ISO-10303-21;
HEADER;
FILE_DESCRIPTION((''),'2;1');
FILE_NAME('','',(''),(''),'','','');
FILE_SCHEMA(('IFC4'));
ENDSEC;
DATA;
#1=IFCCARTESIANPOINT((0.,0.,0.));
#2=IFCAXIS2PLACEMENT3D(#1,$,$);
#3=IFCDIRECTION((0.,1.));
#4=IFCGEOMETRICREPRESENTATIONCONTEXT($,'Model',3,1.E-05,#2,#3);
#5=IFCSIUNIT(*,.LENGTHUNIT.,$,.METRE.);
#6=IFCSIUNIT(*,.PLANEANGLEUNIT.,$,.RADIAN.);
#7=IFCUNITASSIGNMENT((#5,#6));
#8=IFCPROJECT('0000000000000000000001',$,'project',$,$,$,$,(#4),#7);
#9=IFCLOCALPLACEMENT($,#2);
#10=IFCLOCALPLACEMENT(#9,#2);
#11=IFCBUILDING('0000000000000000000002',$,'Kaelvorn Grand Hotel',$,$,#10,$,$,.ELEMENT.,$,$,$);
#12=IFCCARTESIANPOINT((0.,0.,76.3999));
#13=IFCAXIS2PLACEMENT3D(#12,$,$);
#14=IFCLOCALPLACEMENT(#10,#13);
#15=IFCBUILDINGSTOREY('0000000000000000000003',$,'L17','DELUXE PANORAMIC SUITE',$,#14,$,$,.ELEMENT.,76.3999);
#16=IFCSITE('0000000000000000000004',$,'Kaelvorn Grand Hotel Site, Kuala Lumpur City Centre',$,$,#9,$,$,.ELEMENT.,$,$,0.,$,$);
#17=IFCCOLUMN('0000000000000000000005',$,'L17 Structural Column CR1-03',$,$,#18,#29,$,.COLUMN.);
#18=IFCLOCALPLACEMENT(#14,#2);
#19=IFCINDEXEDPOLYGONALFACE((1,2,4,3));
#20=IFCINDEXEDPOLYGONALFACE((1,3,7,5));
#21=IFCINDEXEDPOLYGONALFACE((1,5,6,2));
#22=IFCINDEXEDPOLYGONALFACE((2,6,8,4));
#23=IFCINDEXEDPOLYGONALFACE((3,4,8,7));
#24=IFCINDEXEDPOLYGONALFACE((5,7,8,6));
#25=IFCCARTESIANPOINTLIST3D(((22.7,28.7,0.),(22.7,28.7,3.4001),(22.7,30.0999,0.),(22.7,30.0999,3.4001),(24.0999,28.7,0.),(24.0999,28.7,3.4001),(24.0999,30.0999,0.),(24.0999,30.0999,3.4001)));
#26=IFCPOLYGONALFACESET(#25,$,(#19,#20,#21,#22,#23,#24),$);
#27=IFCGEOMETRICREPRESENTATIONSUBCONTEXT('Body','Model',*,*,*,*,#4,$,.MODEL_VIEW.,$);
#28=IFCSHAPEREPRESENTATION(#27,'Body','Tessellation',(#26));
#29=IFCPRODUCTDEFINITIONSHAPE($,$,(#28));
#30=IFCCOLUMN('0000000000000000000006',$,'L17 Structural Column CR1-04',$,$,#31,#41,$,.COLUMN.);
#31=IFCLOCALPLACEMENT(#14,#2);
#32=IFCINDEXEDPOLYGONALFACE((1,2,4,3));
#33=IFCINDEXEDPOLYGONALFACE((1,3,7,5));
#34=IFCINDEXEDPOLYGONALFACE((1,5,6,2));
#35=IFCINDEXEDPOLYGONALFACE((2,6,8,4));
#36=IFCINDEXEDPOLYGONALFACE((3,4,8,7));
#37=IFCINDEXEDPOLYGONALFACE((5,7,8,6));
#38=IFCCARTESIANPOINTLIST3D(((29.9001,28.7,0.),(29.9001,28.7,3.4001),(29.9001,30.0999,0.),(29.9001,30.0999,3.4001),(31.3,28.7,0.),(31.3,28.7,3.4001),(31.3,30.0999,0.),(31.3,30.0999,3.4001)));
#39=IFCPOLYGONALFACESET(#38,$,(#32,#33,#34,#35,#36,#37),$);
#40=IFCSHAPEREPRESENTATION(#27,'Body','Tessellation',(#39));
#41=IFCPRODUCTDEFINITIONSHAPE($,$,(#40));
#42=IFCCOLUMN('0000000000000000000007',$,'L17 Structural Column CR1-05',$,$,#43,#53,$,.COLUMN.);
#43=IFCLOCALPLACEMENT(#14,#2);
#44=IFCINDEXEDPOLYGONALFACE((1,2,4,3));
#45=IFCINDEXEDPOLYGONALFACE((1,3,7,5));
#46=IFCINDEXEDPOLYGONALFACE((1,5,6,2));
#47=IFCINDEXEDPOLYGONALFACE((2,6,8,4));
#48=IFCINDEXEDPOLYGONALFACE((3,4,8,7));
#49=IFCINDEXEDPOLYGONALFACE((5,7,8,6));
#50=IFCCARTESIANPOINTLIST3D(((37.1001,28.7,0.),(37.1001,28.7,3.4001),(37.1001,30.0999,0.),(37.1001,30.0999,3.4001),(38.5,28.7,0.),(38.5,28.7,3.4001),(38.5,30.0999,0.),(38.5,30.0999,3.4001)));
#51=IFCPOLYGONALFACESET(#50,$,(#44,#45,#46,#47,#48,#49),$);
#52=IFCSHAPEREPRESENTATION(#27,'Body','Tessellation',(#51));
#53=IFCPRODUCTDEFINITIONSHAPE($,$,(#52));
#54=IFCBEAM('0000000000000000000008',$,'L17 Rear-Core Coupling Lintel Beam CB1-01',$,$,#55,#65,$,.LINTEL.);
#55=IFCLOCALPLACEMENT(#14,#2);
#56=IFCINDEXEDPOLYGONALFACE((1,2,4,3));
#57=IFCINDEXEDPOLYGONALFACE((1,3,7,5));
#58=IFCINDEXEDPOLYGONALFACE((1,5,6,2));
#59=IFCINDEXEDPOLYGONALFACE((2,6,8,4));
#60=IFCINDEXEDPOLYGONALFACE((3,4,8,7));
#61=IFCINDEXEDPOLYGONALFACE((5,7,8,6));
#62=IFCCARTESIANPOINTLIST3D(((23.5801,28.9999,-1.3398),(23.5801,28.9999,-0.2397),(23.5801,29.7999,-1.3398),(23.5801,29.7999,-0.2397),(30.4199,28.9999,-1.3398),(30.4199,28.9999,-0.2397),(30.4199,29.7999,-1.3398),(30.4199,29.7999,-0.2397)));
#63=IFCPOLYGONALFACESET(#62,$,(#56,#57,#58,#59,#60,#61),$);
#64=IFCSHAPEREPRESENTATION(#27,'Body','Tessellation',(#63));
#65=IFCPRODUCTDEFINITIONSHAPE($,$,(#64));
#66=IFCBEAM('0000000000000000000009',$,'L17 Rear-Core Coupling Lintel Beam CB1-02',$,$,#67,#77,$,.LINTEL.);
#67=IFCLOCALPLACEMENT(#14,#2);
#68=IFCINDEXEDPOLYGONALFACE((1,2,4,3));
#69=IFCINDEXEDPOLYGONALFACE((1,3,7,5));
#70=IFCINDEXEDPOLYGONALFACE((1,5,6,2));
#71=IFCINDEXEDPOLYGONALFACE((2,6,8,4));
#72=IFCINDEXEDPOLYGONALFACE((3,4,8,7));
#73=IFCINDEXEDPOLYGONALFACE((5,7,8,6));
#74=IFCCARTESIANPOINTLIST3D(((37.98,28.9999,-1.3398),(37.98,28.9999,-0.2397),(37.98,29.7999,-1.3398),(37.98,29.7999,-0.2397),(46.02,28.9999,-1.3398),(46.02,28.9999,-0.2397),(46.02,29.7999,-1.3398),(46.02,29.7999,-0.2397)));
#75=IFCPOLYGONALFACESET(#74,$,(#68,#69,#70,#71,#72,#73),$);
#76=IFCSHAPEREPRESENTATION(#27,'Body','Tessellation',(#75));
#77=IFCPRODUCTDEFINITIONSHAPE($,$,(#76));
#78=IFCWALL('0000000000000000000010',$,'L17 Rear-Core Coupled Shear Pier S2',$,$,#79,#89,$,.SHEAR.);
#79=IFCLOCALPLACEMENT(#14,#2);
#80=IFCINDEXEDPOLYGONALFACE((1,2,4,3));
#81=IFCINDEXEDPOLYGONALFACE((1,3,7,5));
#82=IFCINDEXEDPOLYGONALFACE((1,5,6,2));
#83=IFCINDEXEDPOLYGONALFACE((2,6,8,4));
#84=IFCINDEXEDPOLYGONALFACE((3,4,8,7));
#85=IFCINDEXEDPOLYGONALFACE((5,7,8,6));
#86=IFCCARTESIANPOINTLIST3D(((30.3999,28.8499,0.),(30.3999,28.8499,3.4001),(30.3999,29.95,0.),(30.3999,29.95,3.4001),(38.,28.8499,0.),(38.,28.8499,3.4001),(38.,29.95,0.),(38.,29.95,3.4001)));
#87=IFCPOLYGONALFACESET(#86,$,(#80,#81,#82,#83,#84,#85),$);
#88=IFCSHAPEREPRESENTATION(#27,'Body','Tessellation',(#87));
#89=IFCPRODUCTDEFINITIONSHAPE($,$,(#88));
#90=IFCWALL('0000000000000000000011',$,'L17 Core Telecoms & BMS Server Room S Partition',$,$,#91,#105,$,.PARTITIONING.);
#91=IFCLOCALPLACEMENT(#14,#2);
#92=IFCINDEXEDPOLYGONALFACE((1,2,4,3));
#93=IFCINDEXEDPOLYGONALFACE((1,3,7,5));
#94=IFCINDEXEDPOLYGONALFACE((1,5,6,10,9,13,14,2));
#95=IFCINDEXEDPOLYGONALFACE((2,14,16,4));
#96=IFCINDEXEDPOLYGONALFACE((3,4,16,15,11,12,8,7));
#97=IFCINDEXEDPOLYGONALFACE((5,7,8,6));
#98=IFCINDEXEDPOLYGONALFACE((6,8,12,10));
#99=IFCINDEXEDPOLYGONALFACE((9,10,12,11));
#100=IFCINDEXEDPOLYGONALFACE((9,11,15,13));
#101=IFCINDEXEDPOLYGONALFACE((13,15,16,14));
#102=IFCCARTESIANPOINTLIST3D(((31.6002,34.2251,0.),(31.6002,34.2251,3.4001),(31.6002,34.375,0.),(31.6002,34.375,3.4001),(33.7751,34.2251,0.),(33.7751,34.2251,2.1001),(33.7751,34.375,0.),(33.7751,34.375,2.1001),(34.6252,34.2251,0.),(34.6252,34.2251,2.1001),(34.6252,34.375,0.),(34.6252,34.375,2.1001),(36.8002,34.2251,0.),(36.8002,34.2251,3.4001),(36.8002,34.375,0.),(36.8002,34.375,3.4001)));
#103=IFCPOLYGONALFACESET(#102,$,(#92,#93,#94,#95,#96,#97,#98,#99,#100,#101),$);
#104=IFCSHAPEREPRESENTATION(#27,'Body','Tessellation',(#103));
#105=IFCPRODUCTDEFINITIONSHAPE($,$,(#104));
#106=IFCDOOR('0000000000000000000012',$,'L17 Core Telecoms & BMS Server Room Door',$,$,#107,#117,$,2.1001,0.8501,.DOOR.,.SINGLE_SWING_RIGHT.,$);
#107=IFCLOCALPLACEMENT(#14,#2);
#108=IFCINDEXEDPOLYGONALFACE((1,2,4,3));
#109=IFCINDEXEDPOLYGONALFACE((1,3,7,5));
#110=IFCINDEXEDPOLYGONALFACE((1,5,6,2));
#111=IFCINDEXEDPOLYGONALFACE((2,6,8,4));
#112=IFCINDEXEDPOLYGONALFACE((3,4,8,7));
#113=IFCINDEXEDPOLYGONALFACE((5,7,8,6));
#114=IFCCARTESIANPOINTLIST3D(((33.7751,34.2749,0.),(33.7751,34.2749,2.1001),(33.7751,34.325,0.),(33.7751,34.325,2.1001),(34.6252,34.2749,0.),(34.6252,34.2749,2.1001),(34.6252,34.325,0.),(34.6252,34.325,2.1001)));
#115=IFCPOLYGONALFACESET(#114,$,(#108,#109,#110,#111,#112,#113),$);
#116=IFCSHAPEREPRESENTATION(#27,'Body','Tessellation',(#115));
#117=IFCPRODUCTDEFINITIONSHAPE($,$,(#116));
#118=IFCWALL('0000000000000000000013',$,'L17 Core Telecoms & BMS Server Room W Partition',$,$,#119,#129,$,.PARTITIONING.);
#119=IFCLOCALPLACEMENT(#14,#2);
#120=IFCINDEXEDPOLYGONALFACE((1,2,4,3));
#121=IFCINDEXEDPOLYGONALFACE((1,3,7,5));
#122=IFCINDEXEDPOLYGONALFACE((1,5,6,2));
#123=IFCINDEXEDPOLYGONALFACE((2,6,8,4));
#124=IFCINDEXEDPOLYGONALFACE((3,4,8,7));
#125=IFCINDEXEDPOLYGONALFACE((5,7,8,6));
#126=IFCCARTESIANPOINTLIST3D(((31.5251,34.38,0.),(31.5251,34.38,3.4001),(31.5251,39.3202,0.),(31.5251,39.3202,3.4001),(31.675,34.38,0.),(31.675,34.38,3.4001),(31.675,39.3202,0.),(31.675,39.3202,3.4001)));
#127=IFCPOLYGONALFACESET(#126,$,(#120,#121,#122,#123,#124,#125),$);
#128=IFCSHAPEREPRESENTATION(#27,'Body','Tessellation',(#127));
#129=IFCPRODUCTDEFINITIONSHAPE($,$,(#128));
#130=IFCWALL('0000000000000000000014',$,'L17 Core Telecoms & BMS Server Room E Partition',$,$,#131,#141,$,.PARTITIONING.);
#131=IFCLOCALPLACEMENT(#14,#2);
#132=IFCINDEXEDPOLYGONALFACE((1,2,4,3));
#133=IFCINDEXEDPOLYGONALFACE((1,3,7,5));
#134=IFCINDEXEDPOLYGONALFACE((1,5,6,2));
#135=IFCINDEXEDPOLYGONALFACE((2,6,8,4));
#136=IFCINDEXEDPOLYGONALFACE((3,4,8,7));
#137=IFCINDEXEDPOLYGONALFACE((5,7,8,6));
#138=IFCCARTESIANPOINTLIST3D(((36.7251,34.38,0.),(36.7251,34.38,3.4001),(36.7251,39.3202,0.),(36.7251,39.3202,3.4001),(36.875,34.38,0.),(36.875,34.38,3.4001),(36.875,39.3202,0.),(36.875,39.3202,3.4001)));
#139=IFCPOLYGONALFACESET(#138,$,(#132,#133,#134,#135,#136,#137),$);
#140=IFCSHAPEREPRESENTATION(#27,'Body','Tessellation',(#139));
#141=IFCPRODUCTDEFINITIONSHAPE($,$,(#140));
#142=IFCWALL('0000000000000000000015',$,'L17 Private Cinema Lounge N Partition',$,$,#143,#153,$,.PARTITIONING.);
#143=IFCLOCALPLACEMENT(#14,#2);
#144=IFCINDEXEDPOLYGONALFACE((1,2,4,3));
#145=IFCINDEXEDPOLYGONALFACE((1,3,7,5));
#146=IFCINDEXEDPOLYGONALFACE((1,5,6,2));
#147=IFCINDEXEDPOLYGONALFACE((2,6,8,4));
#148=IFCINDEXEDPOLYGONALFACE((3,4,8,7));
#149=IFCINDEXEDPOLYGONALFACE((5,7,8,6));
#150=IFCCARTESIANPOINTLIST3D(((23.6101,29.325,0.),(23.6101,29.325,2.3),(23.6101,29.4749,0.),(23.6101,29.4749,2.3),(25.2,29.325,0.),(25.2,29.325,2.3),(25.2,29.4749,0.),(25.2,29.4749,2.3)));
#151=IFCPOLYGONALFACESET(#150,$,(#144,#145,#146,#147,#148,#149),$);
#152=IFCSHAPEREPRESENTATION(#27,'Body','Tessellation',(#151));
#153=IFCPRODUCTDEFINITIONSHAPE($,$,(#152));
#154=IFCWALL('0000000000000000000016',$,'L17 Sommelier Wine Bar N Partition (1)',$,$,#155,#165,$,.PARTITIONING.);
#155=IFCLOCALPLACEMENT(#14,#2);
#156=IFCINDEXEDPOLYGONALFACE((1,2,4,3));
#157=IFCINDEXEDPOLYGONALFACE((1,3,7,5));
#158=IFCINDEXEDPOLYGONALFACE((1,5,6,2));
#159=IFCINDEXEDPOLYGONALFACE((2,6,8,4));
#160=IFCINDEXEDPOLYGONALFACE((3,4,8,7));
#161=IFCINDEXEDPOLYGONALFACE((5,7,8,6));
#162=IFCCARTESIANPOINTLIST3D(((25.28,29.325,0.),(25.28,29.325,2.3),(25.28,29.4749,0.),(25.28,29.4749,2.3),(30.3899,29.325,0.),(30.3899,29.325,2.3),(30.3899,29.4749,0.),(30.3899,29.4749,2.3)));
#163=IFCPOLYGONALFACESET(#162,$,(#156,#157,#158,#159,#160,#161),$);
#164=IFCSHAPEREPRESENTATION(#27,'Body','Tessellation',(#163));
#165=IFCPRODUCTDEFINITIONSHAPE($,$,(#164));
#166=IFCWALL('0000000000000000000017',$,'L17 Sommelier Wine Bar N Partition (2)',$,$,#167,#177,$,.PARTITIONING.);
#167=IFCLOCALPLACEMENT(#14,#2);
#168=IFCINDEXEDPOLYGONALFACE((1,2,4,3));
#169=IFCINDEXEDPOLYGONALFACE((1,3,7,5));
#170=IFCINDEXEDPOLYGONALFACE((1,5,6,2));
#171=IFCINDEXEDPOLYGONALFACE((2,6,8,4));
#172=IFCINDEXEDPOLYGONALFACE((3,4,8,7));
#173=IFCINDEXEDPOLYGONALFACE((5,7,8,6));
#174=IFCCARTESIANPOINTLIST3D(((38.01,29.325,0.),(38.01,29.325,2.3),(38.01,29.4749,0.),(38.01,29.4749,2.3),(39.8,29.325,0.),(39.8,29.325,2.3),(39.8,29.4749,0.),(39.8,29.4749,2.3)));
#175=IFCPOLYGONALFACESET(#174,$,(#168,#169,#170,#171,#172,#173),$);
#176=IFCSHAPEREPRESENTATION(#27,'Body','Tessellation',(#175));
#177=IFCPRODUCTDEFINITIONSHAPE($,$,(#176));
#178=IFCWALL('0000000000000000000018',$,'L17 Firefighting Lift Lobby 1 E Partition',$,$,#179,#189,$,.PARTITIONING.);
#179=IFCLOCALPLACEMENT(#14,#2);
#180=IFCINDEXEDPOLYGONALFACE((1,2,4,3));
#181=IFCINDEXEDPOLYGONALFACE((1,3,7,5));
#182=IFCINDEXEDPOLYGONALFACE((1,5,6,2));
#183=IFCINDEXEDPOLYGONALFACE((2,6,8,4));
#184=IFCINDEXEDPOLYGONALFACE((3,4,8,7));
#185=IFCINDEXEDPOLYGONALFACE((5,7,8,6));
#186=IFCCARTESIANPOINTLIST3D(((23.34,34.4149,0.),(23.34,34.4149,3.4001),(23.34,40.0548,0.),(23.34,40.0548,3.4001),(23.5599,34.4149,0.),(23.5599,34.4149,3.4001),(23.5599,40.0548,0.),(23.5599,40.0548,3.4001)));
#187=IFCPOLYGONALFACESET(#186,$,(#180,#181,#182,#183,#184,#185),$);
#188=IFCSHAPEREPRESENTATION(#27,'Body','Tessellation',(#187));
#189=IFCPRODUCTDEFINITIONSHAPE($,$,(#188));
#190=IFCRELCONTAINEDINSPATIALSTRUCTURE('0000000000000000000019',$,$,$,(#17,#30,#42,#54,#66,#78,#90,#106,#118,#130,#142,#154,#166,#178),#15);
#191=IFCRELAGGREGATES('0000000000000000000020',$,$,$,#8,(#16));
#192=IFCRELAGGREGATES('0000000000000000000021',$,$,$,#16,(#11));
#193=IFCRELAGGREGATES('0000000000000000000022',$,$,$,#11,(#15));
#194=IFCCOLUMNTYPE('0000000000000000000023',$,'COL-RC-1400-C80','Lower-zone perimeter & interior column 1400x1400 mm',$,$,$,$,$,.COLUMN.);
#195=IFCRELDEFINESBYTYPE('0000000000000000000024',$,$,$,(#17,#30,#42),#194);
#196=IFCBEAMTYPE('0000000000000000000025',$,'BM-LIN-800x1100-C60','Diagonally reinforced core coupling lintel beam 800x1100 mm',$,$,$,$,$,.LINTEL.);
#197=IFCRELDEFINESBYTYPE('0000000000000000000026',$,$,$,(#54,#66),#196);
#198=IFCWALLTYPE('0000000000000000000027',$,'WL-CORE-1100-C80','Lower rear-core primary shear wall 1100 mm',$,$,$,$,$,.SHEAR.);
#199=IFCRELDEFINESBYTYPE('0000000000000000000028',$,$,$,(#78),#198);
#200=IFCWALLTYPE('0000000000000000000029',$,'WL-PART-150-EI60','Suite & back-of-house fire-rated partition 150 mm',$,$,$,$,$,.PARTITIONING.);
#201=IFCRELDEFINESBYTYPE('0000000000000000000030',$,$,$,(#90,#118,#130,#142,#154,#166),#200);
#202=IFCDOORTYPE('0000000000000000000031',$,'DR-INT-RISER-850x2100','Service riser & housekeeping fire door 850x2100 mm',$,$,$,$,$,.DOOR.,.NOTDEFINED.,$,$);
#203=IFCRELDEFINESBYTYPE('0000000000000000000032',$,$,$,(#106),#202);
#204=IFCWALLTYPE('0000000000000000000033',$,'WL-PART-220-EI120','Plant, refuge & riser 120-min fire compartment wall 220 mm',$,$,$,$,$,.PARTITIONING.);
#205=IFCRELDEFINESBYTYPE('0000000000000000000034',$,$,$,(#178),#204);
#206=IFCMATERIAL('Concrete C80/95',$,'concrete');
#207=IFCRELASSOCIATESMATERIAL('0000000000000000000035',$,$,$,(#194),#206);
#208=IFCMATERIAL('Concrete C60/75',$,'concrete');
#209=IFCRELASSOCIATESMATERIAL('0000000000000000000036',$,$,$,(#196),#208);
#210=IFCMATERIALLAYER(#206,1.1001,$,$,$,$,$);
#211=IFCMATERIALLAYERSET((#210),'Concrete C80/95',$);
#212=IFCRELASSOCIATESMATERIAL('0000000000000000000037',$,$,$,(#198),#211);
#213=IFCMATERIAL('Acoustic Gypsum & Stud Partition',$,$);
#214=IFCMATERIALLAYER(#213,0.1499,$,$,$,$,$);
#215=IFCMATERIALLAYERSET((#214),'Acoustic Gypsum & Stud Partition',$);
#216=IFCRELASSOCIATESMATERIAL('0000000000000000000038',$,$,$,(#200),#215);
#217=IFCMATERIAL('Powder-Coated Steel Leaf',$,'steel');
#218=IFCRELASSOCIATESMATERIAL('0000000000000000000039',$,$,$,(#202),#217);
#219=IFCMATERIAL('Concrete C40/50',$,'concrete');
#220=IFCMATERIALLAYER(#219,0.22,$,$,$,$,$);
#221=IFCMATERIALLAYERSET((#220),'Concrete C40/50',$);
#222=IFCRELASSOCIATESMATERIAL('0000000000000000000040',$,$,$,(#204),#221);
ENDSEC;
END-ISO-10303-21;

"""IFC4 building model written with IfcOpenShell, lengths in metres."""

from ifc_helpers import new_model, si_unit, direction, frame, frame_2d, origin, origin_2d, place, context, subcontext, project, spatial, rectangle, extrude, material, layer, layer_set, material_profile, profile_set, type_object, element, fill, save


model = new_model("IFC4")

# Units and contexts
model_context = context("Model", 3, precision=1e-05, world=origin(), true_north=direction((0.0, 1.0)))
body_context = subcontext(model_context, "Body", "Model", "MODEL_VIEW")
ifc_project = project(units=[si_unit("LENGTHUNIT", "METRE"), si_unit("PLANEANGLEUNIT", "RADIAN")], contexts=[model_context])

# Site, building, storey
site_placement = place(None, origin())
site = spatial("IfcSite", under=ifc_project, at=site_placement, Name="Kaelvorn Grand Hotel Site, Kuala Lumpur City Centre", CompositionType="ELEMENT", RefElevation=0.0)
building_placement = place(site_placement, origin())
building = spatial("IfcBuilding", under=site, at=building_placement, Name="Kaelvorn Grand Hotel", CompositionType="ELEMENT")
storey_placement = place(building_placement, frame((0.0, 0.0, 76.3999)))
storey = spatial("IfcBuildingStorey", under=building, at=storey_placement, Name="L17", Description="DELUXE PANORAMIC SUITE", CompositionType="ELEMENT", Elevation=76.3999)

# Columns
ifc_material_1 = material(Name="Concrete C80/95", Category="concrete")
ifc_material_profile_1 = material_profile(ifc_material_1, rectangle(XDim=1.3999, YDim=1.3999, at=origin_2d()), Name="RC COL 1400x1400")
ifc_profile_set_1 = profile_set([ifc_material_profile_1], Name="Concrete C80/95")
column_type = type_object("IfcColumnType", Name="COL-RC-1400-C80", Description="Lower-zone perimeter & interior column 1400x1400 mm", PredefinedType="COLUMN", material=ifc_profile_set_1)
for number, where, z_axis, x_axis, name in (
    (1, (23.3999, 29.3999, 0.0), (0.0, 0.0, 1.0), (1.0, 0.0, 0.0), "L17 Structural Column CR1-03"),
    (2, (30.6001, 29.3999, 0.0), (0.0, 0.0, 1.0), (1.0, 0.0, 0.0), "L17 Structural Column CR1-04"),
    (3, (37.8, 29.3999, 0.0), (0.0, 0.0, 1.0), (1.0, 0.0, 0.0), "L17 Structural Column CR1-05"),
):
    element("IfcColumn", number, at=place(storey_placement, frame(where, z_axis=z_axis, x_axis=x_axis)), inside=storey, type_object=column_type, Name=name, PredefinedType="COLUMN", context=body_context, shape_type="SweptSolid", body=[
        extrude(rectangle(XDim=1.3999, YDim=1.3999, at=origin_2d()), origin(), (0.0, 0.0, 1.0), 3.4001),
    ])

# Beams
ifc_material_2 = material(Name="Concrete C60/75", Category="concrete")
ifc_material_profile_2 = material_profile(ifc_material_2, rectangle(XDim=0.8, YDim=1.1001, at=origin_2d()), Name="RC LINTEL 800x1100")
ifc_profile_set_2 = profile_set([ifc_material_profile_2], Name="Concrete C60/75")
beam_type = type_object("IfcBeamType", Name="BM-LIN-800x1100-C60", Description="Diagonally reinforced core coupling lintel beam 800x1100 mm", PredefinedType="LINTEL", material=ifc_profile_set_2)
beam_1_placement = place(storey_placement, frame((23.5801, 29.3999, -0.7898), z_axis=(1.0, 0.0, 0.0), x_axis=(0.0, 1.0, 0.0)))
element("IfcBeam", 4, at=beam_1_placement, inside=storey, type_object=beam_type, Name="L17 Rear-Core Coupling Lintel Beam CB1-01", PredefinedType="LINTEL", context=body_context, shape_type="SweptSolid", body=[
    extrude(rectangle(XDim=0.8, YDim=1.1001, at=origin_2d()), origin(), (0.0, 0.0, 1.0), 6.8398),
])
beam_2_placement = place(storey_placement, frame((37.98, 29.3999, -0.7898), z_axis=(1.0, 0.0, 0.0), x_axis=(0.0, 1.0, 0.0)))
element("IfcBeam", 5, at=beam_2_placement, inside=storey, type_object=beam_type, Name="L17 Rear-Core Coupling Lintel Beam CB1-02", PredefinedType="LINTEL", context=body_context, shape_type="SweptSolid", body=[
    extrude(rectangle(XDim=0.8, YDim=1.1001, at=origin_2d()), origin(), (0.0, 0.0, 1.0), 8.04),
])

# Wall
ifc_layer_1 = layer(ifc_material_1, 1.1001)
ifc_layer_set_1 = layer_set([ifc_layer_1], Name="Concrete C80/95")
wall_type_1 = type_object("IfcWallType", Name="WL-CORE-1100-C80", Description="Lower rear-core primary shear wall 1100 mm", PredefinedType="SHEAR", material=ifc_layer_set_1)
wall_1_placement = place(storey_placement, frame((30.3999, 29.3999, 0.0), z_axis=(0.0, 0.0, 1.0), x_axis=(1.0, 0.0, 0.0)))
element("IfcWall", 6, at=wall_1_placement, inside=storey, type_object=wall_type_1, Name="L17 Rear-Core Coupled Shear Pier S2", PredefinedType="SHEAR", context=body_context, shape_type="SweptSolid", body=[
    extrude(rectangle(XDim=7.6001, YDim=1.1001, at=frame_2d((3.8, 0.0))), origin(), (0.0, 0.0, 1.0), 3.4001),
])

# Wall, opening, door
ifc_material_3 = material(Name="Acoustic Gypsum & Stud Partition")
ifc_layer_2 = layer(ifc_material_3, 0.1499)
ifc_layer_set_2 = layer_set([ifc_layer_2], Name="Acoustic Gypsum & Stud Partition")
wall_type_2 = type_object("IfcWallType", Name="WL-PART-150-EI60", Description="Suite & back-of-house fire-rated partition 150 mm", PredefinedType="PARTITIONING", material=ifc_layer_set_2)
wall_2_placement = place(storey_placement, frame((31.6001, 34.3, 0.0), z_axis=(0.0, 0.0, 1.0), x_axis=(1.0, 0.0, 0.0)))
wall_2 = element("IfcWall", 7, at=wall_2_placement, inside=storey, type_object=wall_type_2, Name="L17 Core Telecoms & BMS Server Room S Partition", PredefinedType="PARTITIONING", context=body_context, shape_type="SweptSolid", body=[
    extrude(rectangle(XDim=5.2, YDim=0.1499, at=frame_2d((2.6001, 0.0))), origin(), (0.0, 0.0, 1.0), 3.4001),
])
opening_1_placement = place(wall_2_placement, frame((2.175, 0.0, 0.0)))
opening_1 = element("IfcOpeningElement", 8, at=opening_1_placement, cuts=wall_2, PredefinedType="OPENING", context=body_context, shape_type="SweptSolid", body=[
    extrude(rectangle(XDim=0.8501, YDim=2.1001, at=frame_2d((0.425, 1.05))), frame((0.0, 0.085, 0.0), z_axis=(0.0, -1.0, 0.0), x_axis=(1.0, 0.0, 0.0)), (0.0, 0.0, 1.0), 0.1699),
])
ifc_material_4 = material(Name="Powder-Coated Steel Leaf", Category="steel")
door_type_1 = type_object("IfcDoorType", Name="DR-INT-RISER-850x2100", Description="Service riser & housekeeping fire door 850x2100 mm", OperationType="NOTDEFINED", PredefinedType="DOOR", material=ifc_material_4)
door_1_placement = place(opening_1_placement, origin())
door_1 = element("IfcDoor", 9, at=door_1_placement, inside=storey, type_object=door_type_1, Name="L17 Core Telecoms & BMS Server Room Door", OperationType="SINGLE_SWING_RIGHT", OverallHeight=2.1001, OverallWidth=0.8501, PredefinedType="DOOR", context=body_context, shape_type="SweptSolid", body=[
    extrude(rectangle(XDim=0.8501, YDim=2.1001, at=frame_2d((0.425, 1.05))), frame((0.0, 0.0249, 0.0), z_axis=(0.0, -1.0, 0.0), x_axis=(1.0, 0.0, 0.0)), (0.0, 0.0, 1.0), 0.05),
])
fill(opening_1, door_1)

# Walls
for number, where, z_axis, x_axis, name in (
    (10, (31.6001, 34.3799, 0.0), (0.0, 0.0, 1.0), (0.0, 1.0, 0.0), "L17 Core Telecoms & BMS Server Room W Partition"),
    (11, (36.8, 34.3799, 0.0), (0.0, 0.0, 1.0), (0.0, 1.0, 0.0), "L17 Core Telecoms & BMS Server Room E Partition"),
):
    element("IfcWall", number, at=place(storey_placement, frame(where, z_axis=z_axis, x_axis=x_axis)), inside=storey, type_object=wall_type_2, Name=name, PredefinedType="PARTITIONING", context=body_context, shape_type="SweptSolid", body=[
        extrude(rectangle(XDim=4.9402, YDim=0.1499, at=frame_2d((2.4702, 0.0))), origin(), (0.0, 0.0, 1.0), 3.4001),
    ])
wall_3_placement = place(storey_placement, frame((23.6101, 29.3999, 0.0), z_axis=(0.0, 0.0, 1.0), x_axis=(1.0, 0.0, 0.0)))
element("IfcWall", 12, at=wall_3_placement, inside=storey, type_object=wall_type_2, Name="L17 Private Cinema Lounge N Partition", PredefinedType="PARTITIONING", context=body_context, shape_type="SweptSolid", body=[
    extrude(rectangle(XDim=1.5898, YDim=0.1499, at=frame_2d((0.7949, 0.0))), origin(), (0.0, 0.0, 1.0), 2.3),
])
wall_4_placement = place(storey_placement, frame((25.28, 29.3999, 0.0), z_axis=(0.0, 0.0, 1.0), x_axis=(1.0, 0.0, 0.0)))
element("IfcWall", 13, at=wall_4_placement, inside=storey, type_object=wall_type_2, Name="L17 Sommelier Wine Bar N Partition (1)", PredefinedType="PARTITIONING", context=body_context, shape_type="SweptSolid", body=[
    extrude(rectangle(XDim=5.1099, YDim=0.1499, at=frame_2d((2.5549, 0.0))), origin(), (0.0, 0.0, 1.0), 2.3),
])
wall_5_placement = place(storey_placement, frame((38.01, 29.3999, 0.0), z_axis=(0.0, 0.0, 1.0), x_axis=(1.0, 0.0, 0.0)))
element("IfcWall", 14, at=wall_5_placement, inside=storey, type_object=wall_type_2, Name="L17 Sommelier Wine Bar N Partition (2)", PredefinedType="PARTITIONING", context=body_context, shape_type="SweptSolid", body=[
    extrude(rectangle(XDim=1.79, YDim=0.1499, at=frame_2d((0.895, 0.0))), origin(), (0.0, 0.0, 1.0), 2.3),
])
ifc_material_5 = material(Name="Concrete C40/50", Category="concrete")
ifc_layer_3 = layer(ifc_material_5, 0.22)
ifc_layer_set_3 = layer_set([ifc_layer_3], Name="Concrete C40/50")
wall_type_3 = type_object("IfcWallType", Name="WL-PART-220-EI120", Description="Plant, refuge & riser 120-min fire compartment wall 220 mm", PredefinedType="PARTITIONING", material=ifc_layer_set_3)
wall_6_placement = place(storey_placement, frame((23.45, 34.415, 0.0), z_axis=(0.0, 0.0, 1.0), x_axis=(0.0, 1.0, 0.0)))
element("IfcWall", 15, at=wall_6_placement, inside=storey, type_object=wall_type_3, Name="L17 Firefighting Lift Lobby 1 E Partition", PredefinedType="PARTITIONING", context=body_context, shape_type="SweptSolid", body=[
    extrude(rectangle(XDim=5.6399, YDim=0.22, at=frame_2d((2.8198, 0.0))), origin(), (0.0, 0.0, 1.0), 3.4001),
])

save(model, "model.ifc")
